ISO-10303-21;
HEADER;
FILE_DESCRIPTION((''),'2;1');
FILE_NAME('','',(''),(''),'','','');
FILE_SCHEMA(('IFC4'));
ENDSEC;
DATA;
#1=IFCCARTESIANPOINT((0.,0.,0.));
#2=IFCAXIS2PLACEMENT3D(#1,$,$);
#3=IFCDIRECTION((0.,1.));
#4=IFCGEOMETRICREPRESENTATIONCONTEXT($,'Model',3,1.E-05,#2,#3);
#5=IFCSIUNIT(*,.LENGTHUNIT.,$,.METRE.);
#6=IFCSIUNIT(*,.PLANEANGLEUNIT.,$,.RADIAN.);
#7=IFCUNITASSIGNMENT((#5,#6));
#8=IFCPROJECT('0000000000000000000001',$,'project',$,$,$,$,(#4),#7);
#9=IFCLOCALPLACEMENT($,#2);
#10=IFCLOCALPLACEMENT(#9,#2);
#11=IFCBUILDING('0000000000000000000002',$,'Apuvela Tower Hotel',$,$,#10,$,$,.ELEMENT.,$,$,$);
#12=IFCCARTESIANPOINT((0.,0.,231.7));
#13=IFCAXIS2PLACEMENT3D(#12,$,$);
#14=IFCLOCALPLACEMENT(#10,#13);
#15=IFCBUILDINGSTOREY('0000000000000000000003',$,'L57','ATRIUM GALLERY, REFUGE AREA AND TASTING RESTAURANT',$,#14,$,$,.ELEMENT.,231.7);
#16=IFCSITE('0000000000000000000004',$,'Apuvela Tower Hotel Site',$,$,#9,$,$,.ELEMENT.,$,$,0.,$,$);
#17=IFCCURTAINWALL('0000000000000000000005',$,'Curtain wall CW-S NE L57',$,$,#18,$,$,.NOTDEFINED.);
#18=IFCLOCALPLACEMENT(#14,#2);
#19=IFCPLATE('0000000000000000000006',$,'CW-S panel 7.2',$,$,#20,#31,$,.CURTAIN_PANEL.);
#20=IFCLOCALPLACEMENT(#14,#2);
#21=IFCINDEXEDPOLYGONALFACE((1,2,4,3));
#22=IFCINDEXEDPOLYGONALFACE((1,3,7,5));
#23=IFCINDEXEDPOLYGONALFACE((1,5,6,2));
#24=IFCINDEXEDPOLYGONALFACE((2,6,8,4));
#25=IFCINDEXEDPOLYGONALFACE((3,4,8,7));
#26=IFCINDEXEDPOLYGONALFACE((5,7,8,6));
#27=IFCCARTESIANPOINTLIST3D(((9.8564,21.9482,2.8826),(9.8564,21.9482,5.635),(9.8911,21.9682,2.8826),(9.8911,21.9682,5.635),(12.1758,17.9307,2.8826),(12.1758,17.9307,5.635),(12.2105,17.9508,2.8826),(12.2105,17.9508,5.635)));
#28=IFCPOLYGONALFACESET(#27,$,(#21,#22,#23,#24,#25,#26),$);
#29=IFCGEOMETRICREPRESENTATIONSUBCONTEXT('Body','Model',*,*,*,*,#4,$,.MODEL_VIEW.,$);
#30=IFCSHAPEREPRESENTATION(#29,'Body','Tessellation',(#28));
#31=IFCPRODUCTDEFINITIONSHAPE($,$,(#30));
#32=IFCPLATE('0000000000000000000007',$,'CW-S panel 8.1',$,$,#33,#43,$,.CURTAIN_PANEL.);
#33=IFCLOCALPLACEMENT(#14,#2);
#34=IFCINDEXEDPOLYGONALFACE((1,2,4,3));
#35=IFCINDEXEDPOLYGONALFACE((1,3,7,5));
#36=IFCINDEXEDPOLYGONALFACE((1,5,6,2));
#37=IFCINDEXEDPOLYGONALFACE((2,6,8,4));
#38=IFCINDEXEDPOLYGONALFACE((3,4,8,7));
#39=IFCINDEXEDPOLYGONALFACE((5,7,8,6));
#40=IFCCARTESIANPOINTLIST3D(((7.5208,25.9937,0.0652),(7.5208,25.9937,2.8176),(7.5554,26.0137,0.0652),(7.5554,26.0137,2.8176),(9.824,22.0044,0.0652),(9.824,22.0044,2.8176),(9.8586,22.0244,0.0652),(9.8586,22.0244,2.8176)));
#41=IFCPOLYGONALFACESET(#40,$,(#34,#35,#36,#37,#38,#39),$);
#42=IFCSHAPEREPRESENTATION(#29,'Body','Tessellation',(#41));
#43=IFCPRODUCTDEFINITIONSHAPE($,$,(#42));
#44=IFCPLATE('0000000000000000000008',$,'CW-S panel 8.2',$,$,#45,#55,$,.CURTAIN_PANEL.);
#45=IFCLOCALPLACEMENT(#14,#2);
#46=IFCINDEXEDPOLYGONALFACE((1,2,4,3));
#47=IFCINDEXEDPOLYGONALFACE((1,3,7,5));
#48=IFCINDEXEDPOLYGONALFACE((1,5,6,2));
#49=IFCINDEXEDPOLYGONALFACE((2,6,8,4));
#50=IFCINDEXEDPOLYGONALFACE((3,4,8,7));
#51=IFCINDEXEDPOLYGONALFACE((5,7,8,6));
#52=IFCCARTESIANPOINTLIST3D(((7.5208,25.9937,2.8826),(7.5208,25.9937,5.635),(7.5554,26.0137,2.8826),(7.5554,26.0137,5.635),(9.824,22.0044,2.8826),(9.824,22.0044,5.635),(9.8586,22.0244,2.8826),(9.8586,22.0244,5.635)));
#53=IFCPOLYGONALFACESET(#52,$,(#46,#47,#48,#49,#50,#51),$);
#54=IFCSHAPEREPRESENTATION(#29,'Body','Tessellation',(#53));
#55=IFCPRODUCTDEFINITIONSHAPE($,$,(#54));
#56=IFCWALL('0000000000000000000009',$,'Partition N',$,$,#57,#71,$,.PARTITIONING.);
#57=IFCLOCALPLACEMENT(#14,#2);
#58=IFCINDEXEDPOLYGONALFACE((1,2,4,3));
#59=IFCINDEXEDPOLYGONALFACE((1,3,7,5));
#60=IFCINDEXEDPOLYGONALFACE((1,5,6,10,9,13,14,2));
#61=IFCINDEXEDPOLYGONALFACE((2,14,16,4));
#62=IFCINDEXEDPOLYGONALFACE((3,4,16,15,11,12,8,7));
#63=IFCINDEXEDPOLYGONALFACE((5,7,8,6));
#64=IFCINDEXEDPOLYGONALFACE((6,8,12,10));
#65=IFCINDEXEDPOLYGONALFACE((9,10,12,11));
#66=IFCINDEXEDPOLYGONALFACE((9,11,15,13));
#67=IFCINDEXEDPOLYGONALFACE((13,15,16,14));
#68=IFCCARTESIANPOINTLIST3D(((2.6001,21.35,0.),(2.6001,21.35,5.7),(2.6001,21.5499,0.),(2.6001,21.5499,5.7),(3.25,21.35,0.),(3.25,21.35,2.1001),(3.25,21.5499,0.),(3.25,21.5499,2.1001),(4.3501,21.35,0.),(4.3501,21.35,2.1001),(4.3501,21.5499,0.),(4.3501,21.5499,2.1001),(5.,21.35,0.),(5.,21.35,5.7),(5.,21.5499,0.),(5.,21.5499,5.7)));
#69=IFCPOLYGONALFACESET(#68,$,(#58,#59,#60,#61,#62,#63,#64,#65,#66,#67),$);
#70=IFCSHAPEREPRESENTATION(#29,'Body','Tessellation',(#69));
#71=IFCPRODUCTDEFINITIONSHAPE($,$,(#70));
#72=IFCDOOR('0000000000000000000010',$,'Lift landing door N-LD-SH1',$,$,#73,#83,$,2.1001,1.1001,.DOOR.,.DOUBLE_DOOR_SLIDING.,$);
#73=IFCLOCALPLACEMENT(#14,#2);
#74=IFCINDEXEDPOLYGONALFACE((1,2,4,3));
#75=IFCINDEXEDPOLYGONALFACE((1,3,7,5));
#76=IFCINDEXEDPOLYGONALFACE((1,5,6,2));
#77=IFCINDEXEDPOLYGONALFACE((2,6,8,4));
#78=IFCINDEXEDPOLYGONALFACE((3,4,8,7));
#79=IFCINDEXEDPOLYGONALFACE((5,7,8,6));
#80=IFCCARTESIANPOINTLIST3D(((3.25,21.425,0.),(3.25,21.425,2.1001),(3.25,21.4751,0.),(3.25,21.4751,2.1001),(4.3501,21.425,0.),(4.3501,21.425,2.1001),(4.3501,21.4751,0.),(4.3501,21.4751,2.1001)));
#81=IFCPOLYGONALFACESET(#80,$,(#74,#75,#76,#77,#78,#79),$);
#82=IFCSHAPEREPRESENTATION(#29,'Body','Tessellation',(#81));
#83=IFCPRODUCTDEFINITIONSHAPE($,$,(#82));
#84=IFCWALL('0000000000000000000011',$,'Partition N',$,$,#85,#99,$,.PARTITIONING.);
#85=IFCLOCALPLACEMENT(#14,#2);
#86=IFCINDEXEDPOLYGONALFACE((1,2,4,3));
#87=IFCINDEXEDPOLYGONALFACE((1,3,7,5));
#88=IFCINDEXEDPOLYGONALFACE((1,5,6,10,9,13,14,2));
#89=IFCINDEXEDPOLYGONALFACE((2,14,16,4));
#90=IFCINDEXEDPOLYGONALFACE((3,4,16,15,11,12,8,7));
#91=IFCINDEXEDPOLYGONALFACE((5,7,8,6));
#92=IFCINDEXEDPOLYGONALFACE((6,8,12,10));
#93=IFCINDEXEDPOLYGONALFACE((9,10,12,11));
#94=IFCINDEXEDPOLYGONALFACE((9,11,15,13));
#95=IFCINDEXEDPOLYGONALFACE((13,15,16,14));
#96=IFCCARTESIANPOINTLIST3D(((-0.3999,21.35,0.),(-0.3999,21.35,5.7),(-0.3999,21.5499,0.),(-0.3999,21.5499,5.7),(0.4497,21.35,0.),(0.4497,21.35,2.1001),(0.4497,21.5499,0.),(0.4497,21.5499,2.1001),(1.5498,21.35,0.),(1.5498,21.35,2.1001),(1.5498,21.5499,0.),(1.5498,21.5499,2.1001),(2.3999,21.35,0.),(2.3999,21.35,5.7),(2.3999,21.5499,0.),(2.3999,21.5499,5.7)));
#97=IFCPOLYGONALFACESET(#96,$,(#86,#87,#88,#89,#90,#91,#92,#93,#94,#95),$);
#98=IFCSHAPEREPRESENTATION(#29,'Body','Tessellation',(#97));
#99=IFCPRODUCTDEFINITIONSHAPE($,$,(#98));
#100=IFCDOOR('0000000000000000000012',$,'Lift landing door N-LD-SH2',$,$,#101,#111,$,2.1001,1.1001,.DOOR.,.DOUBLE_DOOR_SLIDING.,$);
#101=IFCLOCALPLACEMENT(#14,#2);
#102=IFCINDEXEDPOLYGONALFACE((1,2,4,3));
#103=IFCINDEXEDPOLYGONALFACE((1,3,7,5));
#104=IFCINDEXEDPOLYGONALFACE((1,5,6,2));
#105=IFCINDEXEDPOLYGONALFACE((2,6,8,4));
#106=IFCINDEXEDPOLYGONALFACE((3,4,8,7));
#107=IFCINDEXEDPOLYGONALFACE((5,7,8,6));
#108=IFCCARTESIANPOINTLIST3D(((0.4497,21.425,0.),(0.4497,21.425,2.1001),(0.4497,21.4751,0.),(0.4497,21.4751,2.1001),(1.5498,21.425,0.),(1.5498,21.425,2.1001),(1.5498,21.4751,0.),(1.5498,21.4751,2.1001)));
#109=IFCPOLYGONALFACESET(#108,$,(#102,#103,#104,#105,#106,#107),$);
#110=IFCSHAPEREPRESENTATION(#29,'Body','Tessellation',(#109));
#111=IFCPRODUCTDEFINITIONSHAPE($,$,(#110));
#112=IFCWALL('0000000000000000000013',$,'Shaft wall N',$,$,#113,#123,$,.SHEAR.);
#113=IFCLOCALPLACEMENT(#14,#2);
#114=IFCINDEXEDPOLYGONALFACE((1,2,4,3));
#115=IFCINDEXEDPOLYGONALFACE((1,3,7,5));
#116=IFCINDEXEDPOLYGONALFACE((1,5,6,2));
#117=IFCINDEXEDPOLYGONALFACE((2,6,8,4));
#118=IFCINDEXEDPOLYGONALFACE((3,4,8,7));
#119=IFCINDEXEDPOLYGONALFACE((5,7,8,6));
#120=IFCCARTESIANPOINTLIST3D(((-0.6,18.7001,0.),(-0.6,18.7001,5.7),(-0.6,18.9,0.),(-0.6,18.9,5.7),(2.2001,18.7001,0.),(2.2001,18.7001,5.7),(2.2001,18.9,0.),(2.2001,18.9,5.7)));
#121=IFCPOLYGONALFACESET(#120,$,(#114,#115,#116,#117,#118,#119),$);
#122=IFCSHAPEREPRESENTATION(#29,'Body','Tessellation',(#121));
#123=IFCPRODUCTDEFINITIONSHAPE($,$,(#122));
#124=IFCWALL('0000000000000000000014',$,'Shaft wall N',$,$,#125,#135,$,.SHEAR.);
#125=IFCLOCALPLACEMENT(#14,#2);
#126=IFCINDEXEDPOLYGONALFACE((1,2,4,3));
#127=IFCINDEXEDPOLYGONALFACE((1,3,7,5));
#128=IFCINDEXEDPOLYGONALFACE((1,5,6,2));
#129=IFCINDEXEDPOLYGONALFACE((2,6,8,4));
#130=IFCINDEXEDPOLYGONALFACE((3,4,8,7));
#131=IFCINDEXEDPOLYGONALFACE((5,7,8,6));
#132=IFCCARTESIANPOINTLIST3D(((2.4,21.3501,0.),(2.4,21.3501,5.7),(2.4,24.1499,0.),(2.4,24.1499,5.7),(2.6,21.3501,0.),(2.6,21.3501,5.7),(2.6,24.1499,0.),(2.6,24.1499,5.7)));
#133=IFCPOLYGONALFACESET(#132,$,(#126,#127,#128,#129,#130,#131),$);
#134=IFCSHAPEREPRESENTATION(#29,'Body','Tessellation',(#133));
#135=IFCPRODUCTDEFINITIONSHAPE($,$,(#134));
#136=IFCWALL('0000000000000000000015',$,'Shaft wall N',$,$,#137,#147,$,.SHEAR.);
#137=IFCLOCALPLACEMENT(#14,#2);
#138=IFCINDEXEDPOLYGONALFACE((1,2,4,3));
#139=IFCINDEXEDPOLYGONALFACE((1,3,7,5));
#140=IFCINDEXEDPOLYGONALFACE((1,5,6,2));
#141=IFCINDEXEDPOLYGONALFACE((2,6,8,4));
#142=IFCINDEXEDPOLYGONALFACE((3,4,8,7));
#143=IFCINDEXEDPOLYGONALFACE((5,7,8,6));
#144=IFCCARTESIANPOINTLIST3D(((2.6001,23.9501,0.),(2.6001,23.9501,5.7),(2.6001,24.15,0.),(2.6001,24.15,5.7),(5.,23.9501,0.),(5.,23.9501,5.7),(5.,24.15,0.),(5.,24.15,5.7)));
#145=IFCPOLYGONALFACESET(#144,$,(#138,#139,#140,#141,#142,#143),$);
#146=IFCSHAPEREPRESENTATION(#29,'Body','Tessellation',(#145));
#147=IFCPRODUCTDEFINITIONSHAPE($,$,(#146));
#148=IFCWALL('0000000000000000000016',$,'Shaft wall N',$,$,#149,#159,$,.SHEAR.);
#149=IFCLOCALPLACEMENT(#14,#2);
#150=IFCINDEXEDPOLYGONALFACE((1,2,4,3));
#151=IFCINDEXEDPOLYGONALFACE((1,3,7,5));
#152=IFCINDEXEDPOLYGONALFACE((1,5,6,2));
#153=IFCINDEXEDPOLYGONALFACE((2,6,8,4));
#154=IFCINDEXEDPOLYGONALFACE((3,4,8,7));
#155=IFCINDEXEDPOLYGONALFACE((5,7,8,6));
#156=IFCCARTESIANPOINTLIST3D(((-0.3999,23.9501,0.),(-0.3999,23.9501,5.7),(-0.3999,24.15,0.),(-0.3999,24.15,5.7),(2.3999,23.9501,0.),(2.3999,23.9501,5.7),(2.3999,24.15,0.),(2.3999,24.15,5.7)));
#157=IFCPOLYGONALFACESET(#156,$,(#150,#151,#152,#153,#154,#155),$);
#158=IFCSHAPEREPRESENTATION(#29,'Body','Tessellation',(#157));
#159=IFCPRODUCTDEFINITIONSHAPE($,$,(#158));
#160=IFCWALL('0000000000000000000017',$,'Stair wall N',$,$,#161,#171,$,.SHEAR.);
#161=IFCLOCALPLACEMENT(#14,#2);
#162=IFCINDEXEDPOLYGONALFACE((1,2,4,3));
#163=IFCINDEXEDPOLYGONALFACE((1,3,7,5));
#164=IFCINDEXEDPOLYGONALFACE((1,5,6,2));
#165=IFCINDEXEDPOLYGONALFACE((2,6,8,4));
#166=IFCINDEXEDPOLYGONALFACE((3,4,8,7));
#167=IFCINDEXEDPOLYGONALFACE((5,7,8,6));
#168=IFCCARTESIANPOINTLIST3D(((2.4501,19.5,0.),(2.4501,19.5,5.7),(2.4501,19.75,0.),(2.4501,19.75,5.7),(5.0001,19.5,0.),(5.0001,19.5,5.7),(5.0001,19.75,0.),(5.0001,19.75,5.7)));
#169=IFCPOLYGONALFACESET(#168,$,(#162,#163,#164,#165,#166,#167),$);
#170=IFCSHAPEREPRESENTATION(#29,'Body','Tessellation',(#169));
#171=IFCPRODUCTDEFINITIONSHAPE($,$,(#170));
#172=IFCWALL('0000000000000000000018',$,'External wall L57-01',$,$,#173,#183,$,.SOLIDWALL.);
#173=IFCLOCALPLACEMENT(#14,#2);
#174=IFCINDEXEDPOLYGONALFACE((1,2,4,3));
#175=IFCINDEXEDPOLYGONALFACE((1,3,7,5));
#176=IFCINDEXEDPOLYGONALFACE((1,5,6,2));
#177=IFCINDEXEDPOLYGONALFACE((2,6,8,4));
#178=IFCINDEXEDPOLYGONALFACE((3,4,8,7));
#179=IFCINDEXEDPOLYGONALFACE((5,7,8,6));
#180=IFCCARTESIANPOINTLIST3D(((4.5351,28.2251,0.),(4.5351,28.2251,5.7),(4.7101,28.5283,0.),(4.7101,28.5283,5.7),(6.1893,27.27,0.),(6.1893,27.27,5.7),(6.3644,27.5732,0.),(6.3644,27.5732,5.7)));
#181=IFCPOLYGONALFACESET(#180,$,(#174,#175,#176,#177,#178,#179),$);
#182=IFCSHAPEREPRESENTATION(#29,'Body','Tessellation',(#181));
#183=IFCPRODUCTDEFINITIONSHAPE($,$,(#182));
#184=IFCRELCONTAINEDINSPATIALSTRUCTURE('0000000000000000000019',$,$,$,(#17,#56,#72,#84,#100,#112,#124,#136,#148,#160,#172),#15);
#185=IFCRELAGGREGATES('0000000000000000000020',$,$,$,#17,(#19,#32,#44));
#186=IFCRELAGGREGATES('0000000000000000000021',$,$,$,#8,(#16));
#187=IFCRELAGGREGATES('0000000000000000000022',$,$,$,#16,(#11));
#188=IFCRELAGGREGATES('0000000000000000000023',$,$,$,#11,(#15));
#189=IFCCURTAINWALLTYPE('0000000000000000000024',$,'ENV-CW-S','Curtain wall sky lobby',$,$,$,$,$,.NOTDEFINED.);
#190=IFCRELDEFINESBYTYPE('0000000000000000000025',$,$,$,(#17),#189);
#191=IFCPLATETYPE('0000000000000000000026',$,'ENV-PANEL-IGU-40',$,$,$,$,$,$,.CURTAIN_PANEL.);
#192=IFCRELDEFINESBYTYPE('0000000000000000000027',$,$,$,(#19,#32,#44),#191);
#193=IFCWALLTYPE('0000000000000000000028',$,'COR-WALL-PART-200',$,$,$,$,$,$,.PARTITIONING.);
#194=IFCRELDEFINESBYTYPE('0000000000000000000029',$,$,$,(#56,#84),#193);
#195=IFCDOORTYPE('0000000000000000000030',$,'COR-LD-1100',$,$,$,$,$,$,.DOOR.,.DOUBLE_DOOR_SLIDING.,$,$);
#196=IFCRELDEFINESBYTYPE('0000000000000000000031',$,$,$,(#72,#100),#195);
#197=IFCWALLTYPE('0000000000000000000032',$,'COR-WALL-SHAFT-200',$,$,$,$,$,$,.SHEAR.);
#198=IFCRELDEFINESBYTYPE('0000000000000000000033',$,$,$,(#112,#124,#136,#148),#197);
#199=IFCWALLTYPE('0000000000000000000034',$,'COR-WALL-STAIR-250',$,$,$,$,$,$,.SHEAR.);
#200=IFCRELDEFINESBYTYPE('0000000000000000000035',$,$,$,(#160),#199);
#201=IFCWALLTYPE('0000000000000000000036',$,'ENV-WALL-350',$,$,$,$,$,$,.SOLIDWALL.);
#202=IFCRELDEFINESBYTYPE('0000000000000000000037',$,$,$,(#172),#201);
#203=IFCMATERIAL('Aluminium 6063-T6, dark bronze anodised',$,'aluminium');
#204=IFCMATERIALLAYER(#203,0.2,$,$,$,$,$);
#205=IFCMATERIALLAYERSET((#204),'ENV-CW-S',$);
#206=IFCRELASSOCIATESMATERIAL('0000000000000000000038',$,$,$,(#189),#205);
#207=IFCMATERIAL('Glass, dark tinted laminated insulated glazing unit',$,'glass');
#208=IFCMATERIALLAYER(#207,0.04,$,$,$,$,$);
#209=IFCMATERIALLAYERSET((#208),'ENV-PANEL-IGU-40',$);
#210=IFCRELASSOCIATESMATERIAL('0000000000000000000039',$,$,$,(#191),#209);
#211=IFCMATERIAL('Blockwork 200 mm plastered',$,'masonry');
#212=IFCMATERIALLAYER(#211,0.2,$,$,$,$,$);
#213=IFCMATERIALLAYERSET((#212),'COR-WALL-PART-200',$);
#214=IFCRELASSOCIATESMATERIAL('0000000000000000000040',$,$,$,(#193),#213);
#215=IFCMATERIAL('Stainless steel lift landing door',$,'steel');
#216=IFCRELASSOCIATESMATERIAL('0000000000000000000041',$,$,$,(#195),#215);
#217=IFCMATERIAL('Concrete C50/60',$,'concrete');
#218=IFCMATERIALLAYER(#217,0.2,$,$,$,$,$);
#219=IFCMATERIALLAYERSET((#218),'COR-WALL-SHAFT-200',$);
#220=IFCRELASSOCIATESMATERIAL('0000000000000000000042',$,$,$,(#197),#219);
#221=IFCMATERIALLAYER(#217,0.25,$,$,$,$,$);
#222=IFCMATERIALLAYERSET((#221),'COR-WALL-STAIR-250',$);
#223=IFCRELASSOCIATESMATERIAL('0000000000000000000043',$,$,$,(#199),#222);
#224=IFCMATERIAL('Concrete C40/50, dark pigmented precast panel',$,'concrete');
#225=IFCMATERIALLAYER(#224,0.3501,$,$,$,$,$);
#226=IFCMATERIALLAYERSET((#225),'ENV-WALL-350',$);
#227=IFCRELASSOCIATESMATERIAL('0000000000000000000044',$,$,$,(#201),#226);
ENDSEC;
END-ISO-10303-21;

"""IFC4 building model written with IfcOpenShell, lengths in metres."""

from ifc_helpers import new_model, si_unit, direction, frame, frame_2d, origin, origin_2d, place, context, subcontext, project, spatial, rectangle, extrude, material, layer, layer_set, type_object, element, fill, aggregate, save


model = new_model("IFC4")

# Units and contexts
model_context = context("Model", 3, precision=1e-05, world=origin(), true_north=direction((0.0, 1.0)))
body_context = subcontext(model_context, "Body", "Model", "MODEL_VIEW")
ifc_project = project(units=[si_unit("LENGTHUNIT", "METRE"), si_unit("PLANEANGLEUNIT", "RADIAN")], contexts=[model_context])

# Site, building, storey
site_placement = place(None, origin())
site = spatial("IfcSite", under=ifc_project, at=site_placement, Name="Apuvela Tower Hotel Site", CompositionType="ELEMENT", RefElevation=0.0)
building_placement = place(site_placement, origin())
building = spatial("IfcBuilding", under=site, at=building_placement, Name="Apuvela Tower Hotel", CompositionType="ELEMENT")
storey_placement = place(building_placement, frame((0.0, 0.0, 231.7)))
storey = spatial("IfcBuildingStorey", under=building, at=storey_placement, Name="L57", Description="ATRIUM GALLERY, REFUGE AREA AND TASTING RESTAURANT", CompositionType="ELEMENT", Elevation=231.7)

# Curtain wall
ifc_material_1 = material(Name="Aluminium 6063-T6, dark bronze anodised", Category="aluminium")
ifc_layer_1 = layer(ifc_material_1, 0.2)
ifc_layer_set_1 = layer_set([ifc_layer_1], Name="ENV-CW-S")
curtain_wall_type = type_object("IfcCurtainWallType", Name="ENV-CW-S", Description="Curtain wall sky lobby", PredefinedType="NOTDEFINED", material=ifc_layer_set_1)
curtain_wall_placement = place(storey_placement, origin())
curtain_wall = element("IfcCurtainWall", 1, at=curtain_wall_placement, inside=storey, type_object=curtain_wall_type, Name="Curtain wall CW-S NE L57", PredefinedType="NOTDEFINED")

# Plates
ifc_material_2 = material(Name="Glass, dark tinted laminated insulated glazing unit", Category="glass")
ifc_layer_2 = layer(ifc_material_2, 0.04)
ifc_layer_set_2 = layer_set([ifc_layer_2], Name="ENV-PANEL-IGU-40")
plate_type = type_object("IfcPlateType", Name="ENV-PANEL-IGU-40", PredefinedType="CURTAIN_PANEL", material=ifc_layer_set_2)
plate_1_placement = place(storey_placement, frame((11.0334, 19.9495, 2.8826), z_axis=(0.0, 0.0, 1.0), x_axis=(-0.499999, 0.866026, 0.0)))
plate_1 = element("IfcPlate", 2, at=plate_1_placement, type_object=plate_type, Name="CW-S panel 7.2", PredefinedType="CURTAIN_PANEL", context=body_context, shape_type="SweptSolid", body=[
    extrude(rectangle(XDim=4.6389, YDim=0.04, at=origin_2d()), origin(), (0.0, 0.0, 1.0), 2.7524),
])
plate_2_placement = place(storey_placement, frame((8.6897, 24.009, 0.0652), z_axis=(0.0, 0.0, 1.0), x_axis=(-0.499999, 0.866026, 0.0)))
plate_2 = element("IfcPlate", 3, at=plate_2_placement, type_object=plate_type, Name="CW-S panel 8.1", PredefinedType="CURTAIN_PANEL", context=body_context, shape_type="SweptSolid", body=[
    extrude(rectangle(XDim=4.6064, YDim=0.04, at=origin_2d()), origin(), (0.0, 0.0, 1.0), 2.7524),
])
plate_3_placement = place(storey_placement, frame((8.6897, 24.009, 2.8826), z_axis=(0.0, 0.0, 1.0), x_axis=(-0.499999, 0.866026, 0.0)))
plate_3 = element("IfcPlate", 4, at=plate_3_placement, type_object=plate_type, Name="CW-S panel 8.2", PredefinedType="CURTAIN_PANEL", context=body_context, shape_type="SweptSolid", body=[
    extrude(rectangle(XDim=4.6064, YDim=0.04, at=origin_2d()), origin(), (0.0, 0.0, 1.0), 2.7524),
])
aggregate(curtain_wall, [plate_1, plate_2, plate_3])

# Walls, openings, doors
ifc_material_3 = material(Name="Blockwork 200 mm plastered", Category="masonry")
ifc_layer_3 = layer(ifc_material_3, 0.2)
ifc_layer_set_3 = layer_set([ifc_layer_3], Name="COR-WALL-PART-200")
wall_type_1 = type_object("IfcWallType", Name="COR-WALL-PART-200", PredefinedType="PARTITIONING", material=ifc_layer_set_3)
wall_1_placement = place(storey_placement, frame((5.0, 21.45, 0.0), z_axis=(0.0, 0.0, 1.0), x_axis=(-1.0, 0.0, 0.0)))
wall_1 = element("IfcWall", 5, at=wall_1_placement, inside=storey, type_object=wall_type_1, Name="Partition N", PredefinedType="PARTITIONING", context=body_context, shape_type="SweptSolid", body=[
    extrude(rectangle(XDim=2.3999, YDim=0.2, at=frame_2d((1.2, 0.0))), origin(), (0.0, 0.0, 1.0), 5.7),
])
opening_1_placement = place(wall_1_placement, frame((0.6499, 0.0, 0.0)))
opening_1 = element("IfcOpeningElement", 6, at=opening_1_placement, cuts=wall_1, PredefinedType="OPENING", context=body_context, shape_type="SweptSolid", body=[
    extrude(rectangle(XDim=1.1001, YDim=2.1001, at=frame_2d((0.55, 1.05))), frame((0.0, 0.1099, 0.0), z_axis=(0.0, -1.0, 0.0), x_axis=(1.0, 0.0, 0.0)), (0.0, 0.0, 1.0), 0.22),
])
ifc_material_4 = material(Name="Stainless steel lift landing door", Category="steel")
door_type = type_object("IfcDoorType", Name="COR-LD-1100", OperationType="DOUBLE_DOOR_SLIDING", PredefinedType="DOOR", material=ifc_material_4)
door_1_placement = place(opening_1_placement, origin())
door_1 = element("IfcDoor", 7, at=door_1_placement, inside=storey, type_object=door_type, Name="Lift landing door N-LD-SH1", OperationType="DOUBLE_DOOR_SLIDING", OverallHeight=2.1001, OverallWidth=1.1001, PredefinedType="DOOR", context=body_context, shape_type="SweptSolid", body=[
    extrude(rectangle(XDim=1.1001, YDim=2.1001, at=frame_2d((0.55, 1.05))), frame((0.0, 0.0249, 0.0), z_axis=(0.0, -1.0, 0.0), x_axis=(1.0, 0.0, 0.0)), (0.0, 0.0, 1.0), 0.05),
])
fill(opening_1, door_1)
wall_2_placement = place(storey_placement, frame((2.3999, 21.45, 0.0), z_axis=(0.0, 0.0, 1.0), x_axis=(-1.0, 0.0, 0.0)))
wall_2 = element("IfcWall", 8, at=wall_2_placement, inside=storey, type_object=wall_type_1, Name="Partition N", PredefinedType="PARTITIONING", context=body_context, shape_type="SweptSolid", body=[
    extrude(rectangle(XDim=2.7998, YDim=0.2, at=frame_2d((1.3999, 0.0))), origin(), (0.0, 0.0, 1.0), 5.7),
])
opening_2_placement = place(wall_2_placement, frame((0.8501, 0.0, 0.0)))
opening_2 = element("IfcOpeningElement", 9, at=opening_2_placement, cuts=wall_2, PredefinedType="OPENING", context=body_context, shape_type="SweptSolid", body=[
    extrude(rectangle(XDim=1.1001, YDim=2.1001, at=frame_2d((0.55, 1.05))), frame((0.0, 0.1099, 0.0), z_axis=(0.0, -1.0, 0.0), x_axis=(1.0, 0.0, 0.0)), (0.0, 0.0, 1.0), 0.22),
])
door_2_placement = place(opening_2_placement, origin())
door_2 = element("IfcDoor", 10, at=door_2_placement, inside=storey, type_object=door_type, Name="Lift landing door N-LD-SH2", OperationType="DOUBLE_DOOR_SLIDING", OverallHeight=2.1001, OverallWidth=1.1001, PredefinedType="DOOR", context=body_context, shape_type="SweptSolid", body=[
    extrude(rectangle(XDim=1.1001, YDim=2.1001, at=frame_2d((0.55, 1.05))), frame((0.0, 0.0249, 0.0), z_axis=(0.0, -1.0, 0.0), x_axis=(1.0, 0.0, 0.0)), (0.0, 0.0, 1.0), 0.05),
])
fill(opening_2, door_2)

# Walls
ifc_material_5 = material(Name="Concrete C50/60", Category="concrete")
ifc_layer_4 = layer(ifc_material_5, 0.2)
ifc_layer_set_4 = layer_set([ifc_layer_4], Name="COR-WALL-SHAFT-200")
wall_type_2 = type_object("IfcWallType", Name="COR-WALL-SHAFT-200", PredefinedType="SHEAR", material=ifc_layer_set_4)
wall_3_placement = place(storey_placement, frame((2.2, 18.8, 0.0), z_axis=(0.0, 0.0, 1.0), x_axis=(-1.0, 0.0, 0.0)))
element("IfcWall", 11, at=wall_3_placement, inside=storey, type_object=wall_type_2, Name="Shaft wall N", PredefinedType="SHEAR", context=body_context, shape_type="SweptSolid", body=[
    extrude(rectangle(XDim=2.8, YDim=0.2, at=frame_2d((1.3999, 0.0))), origin(), (0.0, 0.0, 1.0), 5.7),
])
wall_4_placement = place(storey_placement, frame((2.5, 21.3501, 0.0), z_axis=(0.0, 0.0, 1.0), x_axis=(0.0, 1.0, 0.0)))
element("IfcWall", 12, at=wall_4_placement, inside=storey, type_object=wall_type_2, Name="Shaft wall N", PredefinedType="SHEAR", context=body_context, shape_type="SweptSolid", body=[
    extrude(rectangle(XDim=2.7998, YDim=0.2, at=frame_2d((1.3999, 0.0))), origin(), (0.0, 0.0, 1.0), 5.7),
])
wall_5_placement = place(storey_placement, frame((5.0, 24.05, 0.0), z_axis=(0.0, 0.0, 1.0), x_axis=(-1.0, 0.0, 0.0)))
element("IfcWall", 13, at=wall_5_placement, inside=storey, type_object=wall_type_2, Name="Shaft wall N", PredefinedType="SHEAR", context=body_context, shape_type="SweptSolid", body=[
    extrude(rectangle(XDim=2.3999, YDim=0.2, at=frame_2d((1.2, 0.0))), origin(), (0.0, 0.0, 1.0), 5.7),
])
wall_6_placement = place(storey_placement, frame((2.3999, 24.05, 0.0), z_axis=(0.0, 0.0, 1.0), x_axis=(-1.0, 0.0, 0.0)))
element("IfcWall", 14, at=wall_6_placement, inside=storey, type_object=wall_type_2, Name="Shaft wall N", PredefinedType="SHEAR", context=body_context, shape_type="SweptSolid", body=[
    extrude(rectangle(XDim=2.7998, YDim=0.2, at=frame_2d((1.3999, 0.0))), origin(), (0.0, 0.0, 1.0), 5.7),
])
ifc_layer_5 = layer(ifc_material_5, 0.25)
ifc_layer_set_5 = layer_set([ifc_layer_5], Name="COR-WALL-STAIR-250")
wall_type_3 = type_object("IfcWallType", Name="COR-WALL-STAIR-250", PredefinedType="SHEAR", material=ifc_layer_set_5)
wall_7_placement = place(storey_placement, frame((5.0, 19.625, 0.0), z_axis=(0.0, 0.0, 1.0), x_axis=(-1.0, 0.0, 0.0)))
element("IfcWall", 15, at=wall_7_placement, inside=storey, type_object=wall_type_3, Name="Stair wall N", PredefinedType="SHEAR", context=body_context, shape_type="SweptSolid", body=[
    extrude(rectangle(XDim=2.55, YDim=0.25, at=frame_2d((1.2749, 0.0))), origin(), (0.0, 0.0, 1.0), 5.7),
])
ifc_material_6 = material(Name="Concrete C40/50, dark pigmented precast panel", Category="concrete")
ifc_layer_6 = layer(ifc_material_6, 0.3501)
ifc_layer_set_6 = layer_set([ifc_layer_6], Name="ENV-WALL-350")
wall_type_4 = type_object("IfcWallType", Name="ENV-WALL-350", PredefinedType="SOLIDWALL", material=ifc_layer_set_6)
for number, where, z_axis, x_axis, name in (
    (16, (6.2769, 27.4216, 0.0), (0.0, 0.0, 1.0), (-0.866032, 0.499988, 0.0), "External wall L57-01"),
):
    element("IfcWall", number, at=place(storey_placement, frame(where, z_axis=z_axis, x_axis=x_axis)), inside=storey, type_object=wall_type_4, Name=name, PredefinedType="SOLIDWALL", context=body_context, shape_type="SweptSolid", body=[
        extrude(rectangle(XDim=1.9102, YDim=0.3501, at=frame_2d((0.9551, 0.0))), origin(), (0.0, 0.0, 1.0), 5.7),
    ])

save(model, "model.ifc")
